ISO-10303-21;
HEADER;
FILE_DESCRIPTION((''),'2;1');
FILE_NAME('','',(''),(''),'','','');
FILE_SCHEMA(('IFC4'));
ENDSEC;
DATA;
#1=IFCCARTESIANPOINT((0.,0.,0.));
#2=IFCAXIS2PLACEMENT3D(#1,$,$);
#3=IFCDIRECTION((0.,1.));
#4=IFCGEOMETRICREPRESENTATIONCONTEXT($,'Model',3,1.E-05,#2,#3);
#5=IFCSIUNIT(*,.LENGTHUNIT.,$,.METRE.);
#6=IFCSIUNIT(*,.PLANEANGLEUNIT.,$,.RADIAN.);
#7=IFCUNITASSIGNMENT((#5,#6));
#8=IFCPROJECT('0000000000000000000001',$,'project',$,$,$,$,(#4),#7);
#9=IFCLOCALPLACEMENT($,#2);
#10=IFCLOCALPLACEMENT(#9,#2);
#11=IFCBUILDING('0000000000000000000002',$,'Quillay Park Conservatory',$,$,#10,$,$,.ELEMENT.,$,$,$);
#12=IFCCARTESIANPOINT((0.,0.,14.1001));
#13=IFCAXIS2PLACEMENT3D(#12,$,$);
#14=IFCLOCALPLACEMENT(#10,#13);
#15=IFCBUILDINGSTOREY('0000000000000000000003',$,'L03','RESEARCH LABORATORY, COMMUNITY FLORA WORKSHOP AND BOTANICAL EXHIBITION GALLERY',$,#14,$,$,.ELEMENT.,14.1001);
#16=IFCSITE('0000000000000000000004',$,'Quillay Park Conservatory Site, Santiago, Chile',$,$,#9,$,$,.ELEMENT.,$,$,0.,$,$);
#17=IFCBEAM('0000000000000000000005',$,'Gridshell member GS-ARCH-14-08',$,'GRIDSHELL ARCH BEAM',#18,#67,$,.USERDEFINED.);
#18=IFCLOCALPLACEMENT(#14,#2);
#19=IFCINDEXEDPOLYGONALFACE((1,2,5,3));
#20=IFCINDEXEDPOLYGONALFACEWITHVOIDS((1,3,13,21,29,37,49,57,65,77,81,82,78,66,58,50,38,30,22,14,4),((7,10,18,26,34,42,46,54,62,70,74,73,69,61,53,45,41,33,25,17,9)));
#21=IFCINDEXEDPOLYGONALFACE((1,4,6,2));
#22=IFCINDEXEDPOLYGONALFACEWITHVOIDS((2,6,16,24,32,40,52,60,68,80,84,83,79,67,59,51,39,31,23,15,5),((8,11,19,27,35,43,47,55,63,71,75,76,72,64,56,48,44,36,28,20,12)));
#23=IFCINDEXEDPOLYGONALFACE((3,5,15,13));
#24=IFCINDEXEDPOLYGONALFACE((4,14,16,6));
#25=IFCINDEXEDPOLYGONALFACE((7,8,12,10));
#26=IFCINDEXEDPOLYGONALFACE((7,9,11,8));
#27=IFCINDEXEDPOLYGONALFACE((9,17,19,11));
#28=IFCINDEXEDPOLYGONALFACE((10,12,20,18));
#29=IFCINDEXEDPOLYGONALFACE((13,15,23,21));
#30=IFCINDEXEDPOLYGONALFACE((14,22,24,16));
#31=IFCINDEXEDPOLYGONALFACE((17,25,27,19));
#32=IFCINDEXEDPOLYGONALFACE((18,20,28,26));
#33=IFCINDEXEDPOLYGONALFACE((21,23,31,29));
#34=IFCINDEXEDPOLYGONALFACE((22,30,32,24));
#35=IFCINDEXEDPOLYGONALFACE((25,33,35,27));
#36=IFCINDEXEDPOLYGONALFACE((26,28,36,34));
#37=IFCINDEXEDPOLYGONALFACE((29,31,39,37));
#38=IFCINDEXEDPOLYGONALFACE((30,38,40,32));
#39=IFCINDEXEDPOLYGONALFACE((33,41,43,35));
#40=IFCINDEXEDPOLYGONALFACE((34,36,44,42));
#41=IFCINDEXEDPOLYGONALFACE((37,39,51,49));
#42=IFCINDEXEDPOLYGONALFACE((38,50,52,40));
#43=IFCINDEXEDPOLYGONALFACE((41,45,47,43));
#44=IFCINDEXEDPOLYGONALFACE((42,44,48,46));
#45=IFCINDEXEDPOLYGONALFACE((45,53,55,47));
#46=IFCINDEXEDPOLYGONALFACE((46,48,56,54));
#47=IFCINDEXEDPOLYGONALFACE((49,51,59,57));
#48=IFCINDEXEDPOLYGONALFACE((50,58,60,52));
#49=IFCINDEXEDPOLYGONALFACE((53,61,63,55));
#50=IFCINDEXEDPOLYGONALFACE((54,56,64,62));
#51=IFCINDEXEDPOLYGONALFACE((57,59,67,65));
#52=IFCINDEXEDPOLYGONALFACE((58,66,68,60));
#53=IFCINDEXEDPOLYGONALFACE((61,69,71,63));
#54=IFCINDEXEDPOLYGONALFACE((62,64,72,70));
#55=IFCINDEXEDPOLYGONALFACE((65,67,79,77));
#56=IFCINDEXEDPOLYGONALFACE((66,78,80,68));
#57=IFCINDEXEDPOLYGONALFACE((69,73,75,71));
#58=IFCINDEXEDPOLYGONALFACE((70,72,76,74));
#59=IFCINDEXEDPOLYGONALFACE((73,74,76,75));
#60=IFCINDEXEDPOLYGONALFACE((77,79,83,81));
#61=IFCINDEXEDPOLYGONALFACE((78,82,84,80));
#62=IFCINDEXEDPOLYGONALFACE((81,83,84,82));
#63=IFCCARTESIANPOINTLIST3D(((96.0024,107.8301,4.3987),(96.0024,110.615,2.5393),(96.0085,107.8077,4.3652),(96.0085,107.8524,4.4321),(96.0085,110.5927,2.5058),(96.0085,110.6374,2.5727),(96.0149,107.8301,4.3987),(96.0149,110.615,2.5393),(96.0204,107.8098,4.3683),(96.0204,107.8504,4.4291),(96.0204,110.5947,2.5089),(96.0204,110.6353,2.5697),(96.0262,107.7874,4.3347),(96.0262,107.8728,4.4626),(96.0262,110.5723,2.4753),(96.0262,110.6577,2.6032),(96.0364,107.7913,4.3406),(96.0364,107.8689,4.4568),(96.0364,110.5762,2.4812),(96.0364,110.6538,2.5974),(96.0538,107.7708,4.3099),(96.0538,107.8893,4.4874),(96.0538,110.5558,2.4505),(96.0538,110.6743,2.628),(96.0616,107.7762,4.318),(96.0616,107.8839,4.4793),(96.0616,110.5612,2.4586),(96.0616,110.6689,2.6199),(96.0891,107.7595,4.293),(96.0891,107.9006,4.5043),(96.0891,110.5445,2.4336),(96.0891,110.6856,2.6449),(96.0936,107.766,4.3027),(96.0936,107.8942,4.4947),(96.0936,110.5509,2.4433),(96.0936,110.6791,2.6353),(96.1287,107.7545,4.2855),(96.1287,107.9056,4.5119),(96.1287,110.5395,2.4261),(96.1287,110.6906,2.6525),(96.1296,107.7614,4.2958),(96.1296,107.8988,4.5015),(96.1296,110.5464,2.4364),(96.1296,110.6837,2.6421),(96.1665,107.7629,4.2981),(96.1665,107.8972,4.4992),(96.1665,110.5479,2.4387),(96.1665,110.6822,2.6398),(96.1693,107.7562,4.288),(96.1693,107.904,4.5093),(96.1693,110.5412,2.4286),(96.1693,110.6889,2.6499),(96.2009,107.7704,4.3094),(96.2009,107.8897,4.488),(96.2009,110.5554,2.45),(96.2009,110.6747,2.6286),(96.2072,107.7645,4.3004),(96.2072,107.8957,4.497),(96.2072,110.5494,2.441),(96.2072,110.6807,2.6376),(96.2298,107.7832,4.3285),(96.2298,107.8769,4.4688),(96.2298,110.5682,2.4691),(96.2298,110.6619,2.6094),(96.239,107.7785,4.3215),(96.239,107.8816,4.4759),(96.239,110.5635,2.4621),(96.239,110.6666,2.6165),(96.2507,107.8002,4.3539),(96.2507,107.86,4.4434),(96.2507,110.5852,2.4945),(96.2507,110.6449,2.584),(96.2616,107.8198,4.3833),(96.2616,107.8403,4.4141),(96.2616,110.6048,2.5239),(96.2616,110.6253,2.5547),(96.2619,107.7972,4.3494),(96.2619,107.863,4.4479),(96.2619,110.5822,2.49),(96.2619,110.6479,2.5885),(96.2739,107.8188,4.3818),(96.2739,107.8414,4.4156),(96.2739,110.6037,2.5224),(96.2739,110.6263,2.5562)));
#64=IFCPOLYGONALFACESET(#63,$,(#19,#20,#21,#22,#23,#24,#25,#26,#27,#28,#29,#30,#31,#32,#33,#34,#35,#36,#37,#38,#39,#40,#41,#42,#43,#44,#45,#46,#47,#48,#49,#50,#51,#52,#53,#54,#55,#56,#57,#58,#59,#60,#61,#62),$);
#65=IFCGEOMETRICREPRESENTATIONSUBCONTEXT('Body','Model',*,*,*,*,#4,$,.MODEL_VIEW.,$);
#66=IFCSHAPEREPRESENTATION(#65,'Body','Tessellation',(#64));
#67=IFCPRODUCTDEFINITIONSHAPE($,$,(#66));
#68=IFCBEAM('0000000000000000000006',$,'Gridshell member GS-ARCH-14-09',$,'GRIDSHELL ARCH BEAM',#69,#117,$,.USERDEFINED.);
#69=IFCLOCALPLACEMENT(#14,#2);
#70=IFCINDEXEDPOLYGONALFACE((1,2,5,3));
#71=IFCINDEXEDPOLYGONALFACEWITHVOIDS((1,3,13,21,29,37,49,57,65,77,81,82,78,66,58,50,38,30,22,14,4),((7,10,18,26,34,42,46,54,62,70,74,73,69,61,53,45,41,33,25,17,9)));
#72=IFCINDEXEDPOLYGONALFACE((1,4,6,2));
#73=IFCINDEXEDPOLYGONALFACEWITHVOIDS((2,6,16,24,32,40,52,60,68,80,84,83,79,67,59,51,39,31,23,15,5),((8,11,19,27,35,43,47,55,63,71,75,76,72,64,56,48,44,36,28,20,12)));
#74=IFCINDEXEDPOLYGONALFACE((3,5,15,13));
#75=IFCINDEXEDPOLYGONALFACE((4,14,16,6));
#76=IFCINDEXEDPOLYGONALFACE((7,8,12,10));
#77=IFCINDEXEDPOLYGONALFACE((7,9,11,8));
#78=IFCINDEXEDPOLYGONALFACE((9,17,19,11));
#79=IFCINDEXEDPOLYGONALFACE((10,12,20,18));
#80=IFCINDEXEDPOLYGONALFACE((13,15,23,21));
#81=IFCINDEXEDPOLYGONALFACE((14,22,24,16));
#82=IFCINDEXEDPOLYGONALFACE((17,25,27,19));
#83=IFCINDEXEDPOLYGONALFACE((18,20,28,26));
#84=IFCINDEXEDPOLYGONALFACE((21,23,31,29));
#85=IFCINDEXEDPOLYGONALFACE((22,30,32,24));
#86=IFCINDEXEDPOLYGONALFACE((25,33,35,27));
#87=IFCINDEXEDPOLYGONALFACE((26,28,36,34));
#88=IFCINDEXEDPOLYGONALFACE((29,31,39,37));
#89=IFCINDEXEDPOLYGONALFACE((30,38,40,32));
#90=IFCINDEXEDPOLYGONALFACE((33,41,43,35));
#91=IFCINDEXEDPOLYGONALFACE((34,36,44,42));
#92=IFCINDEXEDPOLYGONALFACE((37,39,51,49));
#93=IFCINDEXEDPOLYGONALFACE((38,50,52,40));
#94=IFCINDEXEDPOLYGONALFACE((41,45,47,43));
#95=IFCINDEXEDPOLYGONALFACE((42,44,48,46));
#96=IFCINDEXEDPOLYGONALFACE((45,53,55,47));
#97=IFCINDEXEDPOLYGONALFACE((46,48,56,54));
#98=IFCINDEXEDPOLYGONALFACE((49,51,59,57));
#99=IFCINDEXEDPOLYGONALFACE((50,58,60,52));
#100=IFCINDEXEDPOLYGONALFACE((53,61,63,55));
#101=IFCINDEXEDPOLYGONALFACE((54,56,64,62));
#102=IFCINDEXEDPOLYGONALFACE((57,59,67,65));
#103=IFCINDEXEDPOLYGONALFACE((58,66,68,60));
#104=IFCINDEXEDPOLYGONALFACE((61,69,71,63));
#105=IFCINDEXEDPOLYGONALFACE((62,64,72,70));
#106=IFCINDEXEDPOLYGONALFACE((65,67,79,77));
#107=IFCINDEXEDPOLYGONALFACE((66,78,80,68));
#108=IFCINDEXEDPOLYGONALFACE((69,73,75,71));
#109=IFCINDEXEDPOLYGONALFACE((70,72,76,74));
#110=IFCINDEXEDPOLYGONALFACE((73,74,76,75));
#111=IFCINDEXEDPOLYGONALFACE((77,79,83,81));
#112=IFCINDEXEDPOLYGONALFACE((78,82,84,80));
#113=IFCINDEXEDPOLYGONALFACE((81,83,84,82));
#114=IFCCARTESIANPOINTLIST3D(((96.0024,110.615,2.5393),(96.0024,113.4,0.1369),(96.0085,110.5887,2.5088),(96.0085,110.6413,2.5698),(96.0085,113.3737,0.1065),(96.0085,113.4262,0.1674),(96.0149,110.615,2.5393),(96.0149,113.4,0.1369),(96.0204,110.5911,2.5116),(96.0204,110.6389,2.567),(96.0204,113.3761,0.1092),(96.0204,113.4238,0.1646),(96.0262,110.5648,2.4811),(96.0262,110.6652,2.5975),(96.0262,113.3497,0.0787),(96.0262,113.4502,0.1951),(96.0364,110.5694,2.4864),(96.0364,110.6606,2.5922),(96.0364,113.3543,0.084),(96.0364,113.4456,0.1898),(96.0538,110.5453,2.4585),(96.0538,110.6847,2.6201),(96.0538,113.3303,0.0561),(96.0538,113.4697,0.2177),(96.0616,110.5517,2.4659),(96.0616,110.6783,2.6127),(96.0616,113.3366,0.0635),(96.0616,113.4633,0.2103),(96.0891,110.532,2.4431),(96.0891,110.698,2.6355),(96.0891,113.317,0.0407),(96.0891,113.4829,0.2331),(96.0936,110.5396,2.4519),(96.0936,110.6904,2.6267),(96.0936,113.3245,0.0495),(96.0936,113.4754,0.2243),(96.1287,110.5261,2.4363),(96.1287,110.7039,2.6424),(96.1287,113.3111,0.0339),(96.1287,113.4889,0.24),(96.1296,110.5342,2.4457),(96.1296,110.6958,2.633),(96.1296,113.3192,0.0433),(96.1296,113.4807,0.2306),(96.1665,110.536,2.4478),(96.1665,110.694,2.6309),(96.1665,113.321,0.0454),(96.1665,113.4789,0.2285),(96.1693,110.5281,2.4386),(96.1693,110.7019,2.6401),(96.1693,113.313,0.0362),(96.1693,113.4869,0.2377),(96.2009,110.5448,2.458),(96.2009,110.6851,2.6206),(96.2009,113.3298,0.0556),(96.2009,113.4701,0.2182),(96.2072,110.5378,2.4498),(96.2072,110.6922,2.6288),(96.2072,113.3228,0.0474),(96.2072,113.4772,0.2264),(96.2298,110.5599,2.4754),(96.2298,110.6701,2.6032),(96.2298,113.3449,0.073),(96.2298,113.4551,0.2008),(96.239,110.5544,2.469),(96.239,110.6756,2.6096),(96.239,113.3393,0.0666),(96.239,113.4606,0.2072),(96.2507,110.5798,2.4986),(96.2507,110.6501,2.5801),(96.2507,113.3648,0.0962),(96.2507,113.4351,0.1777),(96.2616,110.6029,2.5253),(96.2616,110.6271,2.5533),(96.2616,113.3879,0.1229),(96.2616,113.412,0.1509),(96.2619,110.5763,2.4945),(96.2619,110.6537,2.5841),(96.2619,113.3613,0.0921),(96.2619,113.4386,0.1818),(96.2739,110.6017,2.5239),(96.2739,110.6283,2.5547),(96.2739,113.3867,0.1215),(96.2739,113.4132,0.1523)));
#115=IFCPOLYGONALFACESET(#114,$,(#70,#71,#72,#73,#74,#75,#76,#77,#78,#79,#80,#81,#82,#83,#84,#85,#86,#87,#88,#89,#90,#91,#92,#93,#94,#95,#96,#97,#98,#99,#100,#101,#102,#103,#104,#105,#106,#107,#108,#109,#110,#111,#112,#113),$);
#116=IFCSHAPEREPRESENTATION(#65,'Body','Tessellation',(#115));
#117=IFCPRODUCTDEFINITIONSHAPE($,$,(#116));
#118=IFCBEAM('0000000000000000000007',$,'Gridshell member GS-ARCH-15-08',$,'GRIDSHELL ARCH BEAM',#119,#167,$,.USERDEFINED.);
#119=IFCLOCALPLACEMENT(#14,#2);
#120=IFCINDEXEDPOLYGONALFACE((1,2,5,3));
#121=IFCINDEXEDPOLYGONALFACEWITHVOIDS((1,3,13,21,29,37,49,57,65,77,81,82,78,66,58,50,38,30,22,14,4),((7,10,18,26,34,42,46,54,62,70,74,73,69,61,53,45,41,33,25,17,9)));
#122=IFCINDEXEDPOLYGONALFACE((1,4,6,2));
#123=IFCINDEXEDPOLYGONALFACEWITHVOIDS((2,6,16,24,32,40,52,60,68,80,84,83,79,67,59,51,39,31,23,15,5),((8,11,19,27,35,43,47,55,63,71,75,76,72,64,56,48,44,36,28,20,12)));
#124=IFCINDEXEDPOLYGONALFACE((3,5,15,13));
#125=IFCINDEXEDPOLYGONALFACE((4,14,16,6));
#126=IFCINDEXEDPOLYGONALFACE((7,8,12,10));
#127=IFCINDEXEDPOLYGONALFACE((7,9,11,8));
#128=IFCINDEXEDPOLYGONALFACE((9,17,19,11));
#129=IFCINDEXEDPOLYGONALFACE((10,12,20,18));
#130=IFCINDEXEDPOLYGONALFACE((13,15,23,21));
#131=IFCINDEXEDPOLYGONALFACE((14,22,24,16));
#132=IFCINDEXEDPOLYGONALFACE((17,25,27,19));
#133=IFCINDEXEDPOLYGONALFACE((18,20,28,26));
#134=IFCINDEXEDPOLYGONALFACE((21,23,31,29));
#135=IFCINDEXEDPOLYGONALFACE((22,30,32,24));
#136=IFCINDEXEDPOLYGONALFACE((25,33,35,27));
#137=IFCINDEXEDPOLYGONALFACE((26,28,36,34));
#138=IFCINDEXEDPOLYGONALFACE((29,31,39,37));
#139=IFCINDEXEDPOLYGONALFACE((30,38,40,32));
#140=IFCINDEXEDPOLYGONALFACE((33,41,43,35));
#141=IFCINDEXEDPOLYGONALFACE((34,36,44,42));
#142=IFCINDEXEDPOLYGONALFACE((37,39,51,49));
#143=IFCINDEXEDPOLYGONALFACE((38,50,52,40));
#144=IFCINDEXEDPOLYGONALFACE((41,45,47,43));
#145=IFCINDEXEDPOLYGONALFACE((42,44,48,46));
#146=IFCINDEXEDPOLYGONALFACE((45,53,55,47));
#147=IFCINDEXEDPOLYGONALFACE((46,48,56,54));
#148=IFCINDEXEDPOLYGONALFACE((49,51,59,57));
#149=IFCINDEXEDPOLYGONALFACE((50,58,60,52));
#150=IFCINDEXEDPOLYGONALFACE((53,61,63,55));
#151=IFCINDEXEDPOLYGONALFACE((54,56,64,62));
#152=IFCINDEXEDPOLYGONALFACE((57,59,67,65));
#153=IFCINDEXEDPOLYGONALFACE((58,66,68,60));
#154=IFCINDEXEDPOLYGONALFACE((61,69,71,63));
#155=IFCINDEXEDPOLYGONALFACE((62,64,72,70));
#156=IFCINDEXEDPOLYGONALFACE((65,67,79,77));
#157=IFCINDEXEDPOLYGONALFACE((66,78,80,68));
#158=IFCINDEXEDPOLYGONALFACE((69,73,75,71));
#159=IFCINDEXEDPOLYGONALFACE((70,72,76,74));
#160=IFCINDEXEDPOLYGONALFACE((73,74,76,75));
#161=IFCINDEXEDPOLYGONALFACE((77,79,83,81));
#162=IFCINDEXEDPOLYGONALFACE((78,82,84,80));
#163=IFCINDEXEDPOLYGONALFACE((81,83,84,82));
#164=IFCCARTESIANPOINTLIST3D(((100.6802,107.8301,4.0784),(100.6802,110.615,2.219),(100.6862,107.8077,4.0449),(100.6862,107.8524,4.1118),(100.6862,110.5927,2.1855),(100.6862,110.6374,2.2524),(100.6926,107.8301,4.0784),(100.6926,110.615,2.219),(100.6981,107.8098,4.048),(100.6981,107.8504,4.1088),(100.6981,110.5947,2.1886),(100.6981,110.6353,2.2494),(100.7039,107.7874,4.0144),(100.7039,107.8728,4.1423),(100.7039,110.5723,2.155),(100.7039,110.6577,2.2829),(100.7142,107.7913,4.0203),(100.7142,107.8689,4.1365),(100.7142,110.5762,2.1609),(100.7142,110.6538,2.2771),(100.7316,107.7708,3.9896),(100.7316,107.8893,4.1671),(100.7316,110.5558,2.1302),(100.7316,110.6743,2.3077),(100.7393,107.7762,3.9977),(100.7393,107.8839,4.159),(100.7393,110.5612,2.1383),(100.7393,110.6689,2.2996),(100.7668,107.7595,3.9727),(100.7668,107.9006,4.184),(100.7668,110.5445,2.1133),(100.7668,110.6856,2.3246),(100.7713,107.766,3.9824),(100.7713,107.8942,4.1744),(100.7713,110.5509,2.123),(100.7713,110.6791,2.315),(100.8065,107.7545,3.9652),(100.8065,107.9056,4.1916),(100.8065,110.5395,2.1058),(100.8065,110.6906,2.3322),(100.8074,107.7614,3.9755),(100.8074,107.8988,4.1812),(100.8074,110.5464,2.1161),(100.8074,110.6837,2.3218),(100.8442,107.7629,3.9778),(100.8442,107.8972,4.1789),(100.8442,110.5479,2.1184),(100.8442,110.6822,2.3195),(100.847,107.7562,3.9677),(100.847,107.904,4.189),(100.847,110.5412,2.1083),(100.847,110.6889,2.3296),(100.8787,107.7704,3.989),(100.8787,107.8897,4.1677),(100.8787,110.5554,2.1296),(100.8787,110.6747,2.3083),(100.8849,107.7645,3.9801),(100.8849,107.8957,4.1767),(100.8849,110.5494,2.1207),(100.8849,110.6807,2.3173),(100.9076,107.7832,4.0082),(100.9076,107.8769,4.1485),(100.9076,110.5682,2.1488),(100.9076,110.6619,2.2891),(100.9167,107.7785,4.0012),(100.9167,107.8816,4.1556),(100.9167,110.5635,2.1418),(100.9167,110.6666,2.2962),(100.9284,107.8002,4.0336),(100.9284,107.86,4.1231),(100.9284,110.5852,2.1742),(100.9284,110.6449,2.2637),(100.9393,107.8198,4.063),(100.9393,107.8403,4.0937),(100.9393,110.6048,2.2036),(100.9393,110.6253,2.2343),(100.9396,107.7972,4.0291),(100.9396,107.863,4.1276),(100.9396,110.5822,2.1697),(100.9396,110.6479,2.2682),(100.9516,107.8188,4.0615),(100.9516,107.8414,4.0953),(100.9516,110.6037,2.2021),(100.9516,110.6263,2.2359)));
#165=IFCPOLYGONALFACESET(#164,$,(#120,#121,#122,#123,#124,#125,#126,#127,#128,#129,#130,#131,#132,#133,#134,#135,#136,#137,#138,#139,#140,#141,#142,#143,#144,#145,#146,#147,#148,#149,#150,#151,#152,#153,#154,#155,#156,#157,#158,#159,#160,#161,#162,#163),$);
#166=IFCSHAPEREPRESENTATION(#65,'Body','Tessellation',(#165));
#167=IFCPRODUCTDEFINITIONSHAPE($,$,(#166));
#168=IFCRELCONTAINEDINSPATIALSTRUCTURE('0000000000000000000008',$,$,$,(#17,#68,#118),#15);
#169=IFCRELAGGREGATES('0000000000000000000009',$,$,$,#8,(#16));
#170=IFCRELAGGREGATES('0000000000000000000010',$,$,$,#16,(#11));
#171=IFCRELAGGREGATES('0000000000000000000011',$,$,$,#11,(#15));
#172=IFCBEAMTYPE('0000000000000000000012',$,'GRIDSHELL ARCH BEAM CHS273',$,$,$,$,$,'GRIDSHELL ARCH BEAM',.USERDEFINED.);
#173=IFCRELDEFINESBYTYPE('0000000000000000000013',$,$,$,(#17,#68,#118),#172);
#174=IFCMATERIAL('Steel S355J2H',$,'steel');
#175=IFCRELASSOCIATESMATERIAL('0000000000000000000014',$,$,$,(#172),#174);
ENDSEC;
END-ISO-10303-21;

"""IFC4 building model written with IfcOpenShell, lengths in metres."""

from ifc_helpers import new_model, si_unit, direction, frame, origin, origin_2d, place, context, subcontext, project, spatial, hollow_circle, extrude, material, material_profile, profile_set, type_object, element, save


model = new_model("IFC4")

# Units and contexts
model_context = context("Model", 3, precision=1e-05, world=origin(), true_north=direction((0.0, 1.0)))
body_context = subcontext(model_context, "Body", "Model", "MODEL_VIEW")
ifc_project = project(units=[si_unit("LENGTHUNIT", "METRE"), si_unit("PLANEANGLEUNIT", "RADIAN")], contexts=[model_context])

# Site, building, storey
site_placement = place(None, origin())
site = spatial("IfcSite", under=ifc_project, at=site_placement, Name="Quillay Park Conservatory Site, Santiago, Chile", CompositionType="ELEMENT", RefElevation=0.0)
building_placement = place(site_placement, origin())
building = spatial("IfcBuilding", under=site, at=building_placement, Name="Quillay Park Conservatory", CompositionType="ELEMENT")
storey_placement = place(building_placement, frame((0.0, 0.0, 14.1001)))
storey = spatial("IfcBuildingStorey", under=building, at=storey_placement, Name="L03", Description="RESEARCH LABORATORY, COMMUNITY FLORA WORKSHOP AND BOTANICAL EXHIBITION GALLERY", CompositionType="ELEMENT", Elevation=14.1001)

# Beams
ifc_material_1 = material(Name="Steel S355J2H", Category="steel")
ifc_material_profile_1 = material_profile(ifc_material_1, hollow_circle(Radius=0.1365, WallThickness=0.0125, at=origin_2d()), Name="CHS273x12.5")
ifc_profile_set_1 = profile_set([ifc_material_profile_1], Name="Steel S355J2H")
beam_type = type_object("IfcBeamType", Name="GRIDSHELL ARCH BEAM CHS273", ElementType="GRIDSHELL ARCH BEAM", PredefinedType="USERDEFINED", material=ifc_profile_set_1)
beam_1_placement = place(storey_placement, frame((96.1389, 107.8301, 4.3987), z_axis=(0.0, 0.831669, -0.555272), x_axis=(-1.0, 0.0, 0.0)))
element("IfcBeam", 1, at=beam_1_placement, inside=storey, type_object=beam_type, Name="Gridshell member GS-ARCH-14-08", ObjectType="GRIDSHELL ARCH BEAM", PredefinedType="USERDEFINED", context=body_context, shape_type="SweptSolid", body=[
    extrude(hollow_circle(Radius=0.1365, WallThickness=0.0125, at=origin_2d()), origin(), (0.0, 0.0, 1.0), 3.3486),
])
beam_2_placement = place(storey_placement, frame((96.1389, 110.615, 2.5393), z_axis=(0.0, 0.757201, -0.653183), x_axis=(-1.0, 0.0, 0.0)))
element("IfcBeam", 2, at=beam_2_placement, inside=storey, type_object=beam_type, Name="Gridshell member GS-ARCH-14-09", ObjectType="GRIDSHELL ARCH BEAM", PredefinedType="USERDEFINED", context=body_context, shape_type="SweptSolid", body=[
    extrude(hollow_circle(Radius=0.1365, WallThickness=0.0125, at=origin_2d()), origin(), (0.0, 0.0, 1.0), 3.678),
])
beam_3_placement = place(storey_placement, frame((100.8167, 107.8301, 4.0784), z_axis=(0.0, 0.831669, -0.555272), x_axis=(-1.0, 0.0, 0.0)))
element("IfcBeam", 3, at=beam_3_placement, inside=storey, type_object=beam_type, Name="Gridshell member GS-ARCH-15-08", ObjectType="GRIDSHELL ARCH BEAM", PredefinedType="USERDEFINED", context=body_context, shape_type="SweptSolid", body=[
    extrude(hollow_circle(Radius=0.1365, WallThickness=0.0125, at=origin_2d()), origin(), (0.0, 0.0, 1.0), 3.3486),
])

save(model, "model.ifc")
